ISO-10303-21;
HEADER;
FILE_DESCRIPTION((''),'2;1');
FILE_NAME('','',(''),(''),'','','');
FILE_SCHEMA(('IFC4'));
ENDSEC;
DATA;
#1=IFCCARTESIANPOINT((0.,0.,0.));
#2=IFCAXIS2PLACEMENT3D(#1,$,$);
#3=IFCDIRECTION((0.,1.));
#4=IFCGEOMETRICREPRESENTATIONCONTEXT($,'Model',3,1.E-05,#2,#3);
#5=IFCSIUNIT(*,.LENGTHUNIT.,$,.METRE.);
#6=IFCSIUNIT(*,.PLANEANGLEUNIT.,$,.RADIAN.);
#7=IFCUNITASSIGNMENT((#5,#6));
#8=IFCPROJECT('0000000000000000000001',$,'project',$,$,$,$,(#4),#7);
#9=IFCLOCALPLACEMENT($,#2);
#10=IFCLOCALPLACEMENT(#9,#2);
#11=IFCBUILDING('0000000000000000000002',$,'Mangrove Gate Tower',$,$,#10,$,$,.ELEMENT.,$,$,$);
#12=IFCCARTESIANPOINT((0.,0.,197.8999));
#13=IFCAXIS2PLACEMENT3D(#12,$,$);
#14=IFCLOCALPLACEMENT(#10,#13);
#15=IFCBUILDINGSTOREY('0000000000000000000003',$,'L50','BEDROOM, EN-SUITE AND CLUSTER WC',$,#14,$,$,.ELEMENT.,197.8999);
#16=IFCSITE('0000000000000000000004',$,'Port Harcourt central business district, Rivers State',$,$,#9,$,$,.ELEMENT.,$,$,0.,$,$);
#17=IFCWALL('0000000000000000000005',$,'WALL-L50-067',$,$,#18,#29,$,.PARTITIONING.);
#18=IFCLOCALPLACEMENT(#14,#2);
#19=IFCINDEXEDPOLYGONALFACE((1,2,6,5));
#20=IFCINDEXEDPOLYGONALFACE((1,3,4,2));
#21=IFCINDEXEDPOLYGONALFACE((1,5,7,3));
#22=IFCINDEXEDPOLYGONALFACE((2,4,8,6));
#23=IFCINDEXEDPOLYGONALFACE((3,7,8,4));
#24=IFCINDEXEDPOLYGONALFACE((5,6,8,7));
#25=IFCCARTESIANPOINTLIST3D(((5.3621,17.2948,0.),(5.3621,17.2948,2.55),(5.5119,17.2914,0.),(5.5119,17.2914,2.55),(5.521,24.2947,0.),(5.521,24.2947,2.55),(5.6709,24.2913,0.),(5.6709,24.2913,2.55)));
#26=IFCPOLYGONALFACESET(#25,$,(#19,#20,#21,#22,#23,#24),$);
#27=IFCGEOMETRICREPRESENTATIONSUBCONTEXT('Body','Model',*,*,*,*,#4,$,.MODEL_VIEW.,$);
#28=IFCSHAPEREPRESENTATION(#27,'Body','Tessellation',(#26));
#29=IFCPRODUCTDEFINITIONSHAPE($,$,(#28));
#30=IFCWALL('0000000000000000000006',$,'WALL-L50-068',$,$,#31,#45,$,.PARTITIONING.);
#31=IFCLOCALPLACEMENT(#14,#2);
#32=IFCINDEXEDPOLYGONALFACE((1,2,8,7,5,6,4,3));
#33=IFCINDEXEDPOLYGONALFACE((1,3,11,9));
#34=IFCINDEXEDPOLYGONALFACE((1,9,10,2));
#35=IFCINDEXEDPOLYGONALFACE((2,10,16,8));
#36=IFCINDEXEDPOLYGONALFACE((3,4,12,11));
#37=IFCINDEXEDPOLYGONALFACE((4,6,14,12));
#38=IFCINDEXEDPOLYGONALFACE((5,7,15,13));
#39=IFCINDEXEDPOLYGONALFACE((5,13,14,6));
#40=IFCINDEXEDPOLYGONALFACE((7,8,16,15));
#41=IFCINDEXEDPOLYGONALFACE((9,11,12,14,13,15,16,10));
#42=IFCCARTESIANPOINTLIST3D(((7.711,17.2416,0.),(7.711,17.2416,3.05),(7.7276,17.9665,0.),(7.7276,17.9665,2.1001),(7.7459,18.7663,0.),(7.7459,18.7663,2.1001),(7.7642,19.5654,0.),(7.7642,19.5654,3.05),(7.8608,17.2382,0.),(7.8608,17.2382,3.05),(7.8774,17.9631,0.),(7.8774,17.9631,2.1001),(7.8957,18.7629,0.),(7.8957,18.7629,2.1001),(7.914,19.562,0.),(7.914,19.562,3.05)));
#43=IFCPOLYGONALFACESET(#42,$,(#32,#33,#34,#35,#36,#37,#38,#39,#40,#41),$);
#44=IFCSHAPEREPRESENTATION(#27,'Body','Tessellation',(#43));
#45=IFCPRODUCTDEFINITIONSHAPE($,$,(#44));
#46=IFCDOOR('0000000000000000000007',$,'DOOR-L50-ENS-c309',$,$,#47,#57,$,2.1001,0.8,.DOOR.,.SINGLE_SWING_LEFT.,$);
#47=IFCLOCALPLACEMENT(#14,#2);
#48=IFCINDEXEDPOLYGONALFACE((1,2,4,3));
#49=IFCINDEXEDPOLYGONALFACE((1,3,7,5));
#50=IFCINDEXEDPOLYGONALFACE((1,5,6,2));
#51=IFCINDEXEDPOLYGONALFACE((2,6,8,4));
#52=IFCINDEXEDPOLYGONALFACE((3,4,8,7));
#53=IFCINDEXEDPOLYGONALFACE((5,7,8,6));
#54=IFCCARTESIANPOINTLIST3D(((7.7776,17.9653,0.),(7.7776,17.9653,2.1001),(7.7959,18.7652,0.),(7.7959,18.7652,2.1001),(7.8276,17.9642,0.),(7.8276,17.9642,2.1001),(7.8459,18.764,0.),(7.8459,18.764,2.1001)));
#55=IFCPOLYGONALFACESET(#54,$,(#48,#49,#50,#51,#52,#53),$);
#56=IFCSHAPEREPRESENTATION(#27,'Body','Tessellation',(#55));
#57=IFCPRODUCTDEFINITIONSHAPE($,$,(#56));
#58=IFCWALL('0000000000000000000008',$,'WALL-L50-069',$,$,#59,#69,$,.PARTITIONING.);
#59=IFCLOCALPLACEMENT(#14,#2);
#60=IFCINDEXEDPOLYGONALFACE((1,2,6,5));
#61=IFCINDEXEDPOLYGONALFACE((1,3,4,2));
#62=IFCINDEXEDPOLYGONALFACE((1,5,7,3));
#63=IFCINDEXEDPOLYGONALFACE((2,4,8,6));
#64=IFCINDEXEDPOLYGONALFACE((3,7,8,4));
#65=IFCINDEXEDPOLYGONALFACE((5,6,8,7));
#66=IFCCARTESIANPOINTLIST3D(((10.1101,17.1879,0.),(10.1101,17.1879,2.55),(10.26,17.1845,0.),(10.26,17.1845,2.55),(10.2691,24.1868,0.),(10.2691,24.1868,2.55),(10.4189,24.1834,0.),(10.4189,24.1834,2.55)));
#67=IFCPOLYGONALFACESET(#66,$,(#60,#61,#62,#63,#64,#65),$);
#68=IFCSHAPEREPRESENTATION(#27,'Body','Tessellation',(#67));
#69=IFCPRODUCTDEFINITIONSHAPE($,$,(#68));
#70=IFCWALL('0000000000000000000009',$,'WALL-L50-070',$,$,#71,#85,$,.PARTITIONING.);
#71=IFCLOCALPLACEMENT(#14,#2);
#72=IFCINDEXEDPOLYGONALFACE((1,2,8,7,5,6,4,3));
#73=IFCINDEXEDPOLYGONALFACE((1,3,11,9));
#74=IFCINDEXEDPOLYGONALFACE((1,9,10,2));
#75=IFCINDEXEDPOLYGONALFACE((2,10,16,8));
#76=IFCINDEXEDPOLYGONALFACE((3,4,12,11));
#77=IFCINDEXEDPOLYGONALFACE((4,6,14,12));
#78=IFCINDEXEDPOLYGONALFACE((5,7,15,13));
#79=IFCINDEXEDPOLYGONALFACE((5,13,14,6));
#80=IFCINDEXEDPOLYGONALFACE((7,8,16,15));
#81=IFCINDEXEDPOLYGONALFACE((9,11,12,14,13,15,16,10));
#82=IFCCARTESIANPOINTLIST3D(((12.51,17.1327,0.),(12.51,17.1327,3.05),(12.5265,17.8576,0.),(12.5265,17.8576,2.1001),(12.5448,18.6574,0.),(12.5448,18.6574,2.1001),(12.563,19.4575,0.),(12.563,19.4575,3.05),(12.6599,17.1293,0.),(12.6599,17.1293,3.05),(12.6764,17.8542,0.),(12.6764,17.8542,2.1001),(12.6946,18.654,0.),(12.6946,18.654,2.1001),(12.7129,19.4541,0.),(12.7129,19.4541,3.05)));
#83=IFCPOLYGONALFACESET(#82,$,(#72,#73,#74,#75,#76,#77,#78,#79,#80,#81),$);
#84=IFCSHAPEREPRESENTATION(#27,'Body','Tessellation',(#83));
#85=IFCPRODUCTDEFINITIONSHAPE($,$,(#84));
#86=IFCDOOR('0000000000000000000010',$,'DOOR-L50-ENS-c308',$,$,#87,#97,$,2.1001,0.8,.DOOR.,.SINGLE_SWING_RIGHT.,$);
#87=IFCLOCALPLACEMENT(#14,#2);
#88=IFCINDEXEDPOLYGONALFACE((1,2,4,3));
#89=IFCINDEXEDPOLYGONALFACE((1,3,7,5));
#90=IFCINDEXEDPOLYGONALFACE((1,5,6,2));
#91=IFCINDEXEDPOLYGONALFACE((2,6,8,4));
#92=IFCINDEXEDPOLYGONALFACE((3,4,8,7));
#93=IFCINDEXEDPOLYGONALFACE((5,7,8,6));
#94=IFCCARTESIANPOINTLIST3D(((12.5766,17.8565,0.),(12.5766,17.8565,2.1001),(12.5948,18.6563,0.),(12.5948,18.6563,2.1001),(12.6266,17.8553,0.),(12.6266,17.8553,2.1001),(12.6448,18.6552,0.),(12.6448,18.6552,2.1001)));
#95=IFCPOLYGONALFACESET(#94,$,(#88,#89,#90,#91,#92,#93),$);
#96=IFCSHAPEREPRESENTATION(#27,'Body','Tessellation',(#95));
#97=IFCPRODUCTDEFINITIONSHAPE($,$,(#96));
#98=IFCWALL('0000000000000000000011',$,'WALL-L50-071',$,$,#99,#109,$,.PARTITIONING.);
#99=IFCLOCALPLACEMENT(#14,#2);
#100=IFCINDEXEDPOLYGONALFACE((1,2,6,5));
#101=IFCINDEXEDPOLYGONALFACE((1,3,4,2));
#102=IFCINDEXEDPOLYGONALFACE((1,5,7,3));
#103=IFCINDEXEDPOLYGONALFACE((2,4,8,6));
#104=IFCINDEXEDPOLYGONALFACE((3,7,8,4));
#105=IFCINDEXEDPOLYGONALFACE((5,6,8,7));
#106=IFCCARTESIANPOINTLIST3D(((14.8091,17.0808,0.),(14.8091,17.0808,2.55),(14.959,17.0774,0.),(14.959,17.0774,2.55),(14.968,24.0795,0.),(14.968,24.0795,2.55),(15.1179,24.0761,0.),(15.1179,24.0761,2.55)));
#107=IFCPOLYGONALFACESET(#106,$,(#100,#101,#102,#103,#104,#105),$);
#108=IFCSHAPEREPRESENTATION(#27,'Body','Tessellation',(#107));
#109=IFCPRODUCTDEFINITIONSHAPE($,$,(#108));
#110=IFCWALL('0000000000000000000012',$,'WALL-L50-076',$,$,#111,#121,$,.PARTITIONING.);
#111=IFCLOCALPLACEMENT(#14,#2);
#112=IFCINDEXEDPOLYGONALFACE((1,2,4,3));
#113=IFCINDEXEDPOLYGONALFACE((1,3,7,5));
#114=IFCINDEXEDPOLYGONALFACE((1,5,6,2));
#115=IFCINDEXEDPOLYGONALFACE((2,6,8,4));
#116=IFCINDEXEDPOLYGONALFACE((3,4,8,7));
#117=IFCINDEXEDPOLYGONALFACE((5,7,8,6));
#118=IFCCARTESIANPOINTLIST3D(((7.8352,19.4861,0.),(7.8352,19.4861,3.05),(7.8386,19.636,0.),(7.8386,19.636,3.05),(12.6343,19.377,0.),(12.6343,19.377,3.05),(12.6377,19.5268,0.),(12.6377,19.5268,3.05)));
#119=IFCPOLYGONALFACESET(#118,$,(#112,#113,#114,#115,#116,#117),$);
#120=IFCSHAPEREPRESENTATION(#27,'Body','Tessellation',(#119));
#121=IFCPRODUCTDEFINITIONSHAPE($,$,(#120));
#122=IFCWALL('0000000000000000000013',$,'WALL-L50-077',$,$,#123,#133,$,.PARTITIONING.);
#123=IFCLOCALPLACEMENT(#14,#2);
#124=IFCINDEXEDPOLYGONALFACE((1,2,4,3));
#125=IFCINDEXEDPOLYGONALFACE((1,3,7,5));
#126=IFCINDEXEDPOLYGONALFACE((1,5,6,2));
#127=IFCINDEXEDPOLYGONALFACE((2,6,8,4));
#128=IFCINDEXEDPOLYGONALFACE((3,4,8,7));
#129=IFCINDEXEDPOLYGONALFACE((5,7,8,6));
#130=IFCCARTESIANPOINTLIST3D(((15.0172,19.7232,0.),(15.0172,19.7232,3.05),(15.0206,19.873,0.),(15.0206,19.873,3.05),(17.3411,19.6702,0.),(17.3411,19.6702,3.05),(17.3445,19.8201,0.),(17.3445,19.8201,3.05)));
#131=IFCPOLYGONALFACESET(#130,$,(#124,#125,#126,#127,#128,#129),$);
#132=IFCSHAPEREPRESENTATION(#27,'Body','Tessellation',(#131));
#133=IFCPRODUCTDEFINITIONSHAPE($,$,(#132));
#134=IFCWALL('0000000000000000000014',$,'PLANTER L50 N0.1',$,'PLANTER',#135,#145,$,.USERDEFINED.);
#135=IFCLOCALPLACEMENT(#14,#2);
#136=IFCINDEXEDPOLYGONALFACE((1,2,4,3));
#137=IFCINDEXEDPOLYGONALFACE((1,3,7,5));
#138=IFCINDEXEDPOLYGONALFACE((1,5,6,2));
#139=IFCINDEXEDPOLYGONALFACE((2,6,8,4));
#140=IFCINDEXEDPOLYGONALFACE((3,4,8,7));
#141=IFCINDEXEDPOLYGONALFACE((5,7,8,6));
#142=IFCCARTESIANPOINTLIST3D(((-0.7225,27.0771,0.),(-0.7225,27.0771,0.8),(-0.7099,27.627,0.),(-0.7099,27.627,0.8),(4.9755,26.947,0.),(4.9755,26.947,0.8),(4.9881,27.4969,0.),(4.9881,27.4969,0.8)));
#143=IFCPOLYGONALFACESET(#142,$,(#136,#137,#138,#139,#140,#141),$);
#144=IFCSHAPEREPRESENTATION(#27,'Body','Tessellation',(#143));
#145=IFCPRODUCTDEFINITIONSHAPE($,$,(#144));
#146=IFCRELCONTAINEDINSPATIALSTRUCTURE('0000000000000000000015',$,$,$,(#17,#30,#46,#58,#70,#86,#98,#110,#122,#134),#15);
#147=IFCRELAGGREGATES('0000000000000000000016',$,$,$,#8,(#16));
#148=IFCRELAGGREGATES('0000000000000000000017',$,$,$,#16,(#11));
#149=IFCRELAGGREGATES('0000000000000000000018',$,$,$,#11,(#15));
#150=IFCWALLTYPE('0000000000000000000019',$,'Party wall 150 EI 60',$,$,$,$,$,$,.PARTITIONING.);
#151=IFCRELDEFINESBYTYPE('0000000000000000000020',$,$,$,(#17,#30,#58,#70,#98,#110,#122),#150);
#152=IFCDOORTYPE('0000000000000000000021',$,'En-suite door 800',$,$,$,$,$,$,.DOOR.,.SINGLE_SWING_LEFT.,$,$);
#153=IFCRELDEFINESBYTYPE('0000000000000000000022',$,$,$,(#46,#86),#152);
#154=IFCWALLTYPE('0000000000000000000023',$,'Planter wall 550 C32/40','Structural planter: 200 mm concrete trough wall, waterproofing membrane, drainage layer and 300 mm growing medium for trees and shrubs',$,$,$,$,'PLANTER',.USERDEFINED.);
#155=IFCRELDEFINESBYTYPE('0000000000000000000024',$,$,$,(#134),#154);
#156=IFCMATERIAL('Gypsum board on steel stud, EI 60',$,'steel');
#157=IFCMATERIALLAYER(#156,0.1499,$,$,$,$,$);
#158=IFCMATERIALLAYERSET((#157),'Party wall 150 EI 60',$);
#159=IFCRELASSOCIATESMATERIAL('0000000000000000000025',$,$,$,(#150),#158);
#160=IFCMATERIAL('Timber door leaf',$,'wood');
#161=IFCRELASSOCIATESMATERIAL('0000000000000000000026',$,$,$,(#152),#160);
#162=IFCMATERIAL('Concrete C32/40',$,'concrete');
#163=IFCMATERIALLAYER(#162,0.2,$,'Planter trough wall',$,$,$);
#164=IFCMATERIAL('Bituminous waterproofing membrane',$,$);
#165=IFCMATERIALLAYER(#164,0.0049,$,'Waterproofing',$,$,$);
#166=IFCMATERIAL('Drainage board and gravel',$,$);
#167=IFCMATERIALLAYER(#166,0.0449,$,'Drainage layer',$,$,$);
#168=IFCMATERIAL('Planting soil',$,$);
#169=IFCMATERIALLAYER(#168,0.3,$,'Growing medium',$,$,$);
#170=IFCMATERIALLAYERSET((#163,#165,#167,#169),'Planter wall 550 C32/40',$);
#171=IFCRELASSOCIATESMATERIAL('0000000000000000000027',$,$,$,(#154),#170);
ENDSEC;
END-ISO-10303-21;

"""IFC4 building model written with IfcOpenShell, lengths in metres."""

from ifc_helpers import new_model, si_unit, direction, frame, frame_2d, origin, place, context, subcontext, project, spatial, rectangle, extrude, material, layer, layer_set, type_object, element, fill, save


model = new_model("IFC4")

# Units and contexts
model_context = context("Model", 3, precision=1e-05, world=origin(), true_north=direction((0.0, 1.0)))
body_context = subcontext(model_context, "Body", "Model", "MODEL_VIEW")
ifc_project = project(units=[si_unit("LENGTHUNIT", "METRE"), si_unit("PLANEANGLEUNIT", "RADIAN")], contexts=[model_context])

# Site, building, storey
site_placement = place(None, origin())
site = spatial("IfcSite", under=ifc_project, at=site_placement, Name="Port Harcourt central business district, Rivers State", CompositionType="ELEMENT", RefElevation=0.0)
building_placement = place(site_placement, origin())
building = spatial("IfcBuilding", under=site, at=building_placement, Name="Mangrove Gate Tower", CompositionType="ELEMENT")
storey_placement = place(building_placement, frame((0.0, 0.0, 197.8999)))
storey = spatial("IfcBuildingStorey", under=building, at=storey_placement, Name="L50", Description="BEDROOM, EN-SUITE AND CLUSTER WC", CompositionType="ELEMENT", Elevation=197.8999)

# Shared definitions
ifc_material_1 = material(Name="Gypsum board on steel stud, EI 60", Category="steel")
ifc_layer_1 = layer(ifc_material_1, 0.1499)
ifc_layer_set_1 = layer_set([ifc_layer_1], Name="Party wall 150 EI 60")
wall_type_1 = type_object("IfcWallType", Name="Party wall 150 EI 60", PredefinedType="PARTITIONING", material=ifc_layer_set_1)

# Shared definitions
ifc_material_2 = material(Name="Timber door leaf", Category="wood")
door_type_1 = type_object("IfcDoorType", Name="En-suite door 800", OperationType="SINGLE_SWING_LEFT", PredefinedType="DOOR", material=ifc_material_2)

# Wall
wall_1_placement = place(storey_placement, frame((5.437, 17.293, 0.0), z_axis=(0.0, 0.0, 1.0), x_axis=(0.022699, 0.999742, 0.0)))
element("IfcWall", 1, at=wall_1_placement, inside=storey, type_object=wall_type_1, Name="WALL-L50-067", PredefinedType="PARTITIONING", context=body_context, shape_type="SweptSolid", body=[
    extrude(rectangle(XDim=7.0017, YDim=0.1499, at=frame_2d((3.501, 0.0))), origin(), (0.0, 0.0, 1.0), 2.55),
])

# Wall, opening, door
wall_2_placement = place(storey_placement, frame((7.7859, 17.24, 0.0), z_axis=(0.0, 0.0, 1.0), x_axis=(0.022896, 0.999738, 0.0)))
wall_2 = element("IfcWall", 2, at=wall_2_placement, inside=storey, type_object=wall_type_1, Name="WALL-L50-068", PredefinedType="PARTITIONING", context=body_context, shape_type="SweptSolid", body=[
    extrude(rectangle(XDim=2.3245, YDim=0.1499, at=frame_2d((1.1621, 0.0))), origin(), (0.0, 0.0, 1.0), 3.05),
])
opening_1_placement = place(wall_2_placement, frame((0.7251, 0.0, 0.0)))
opening_1 = element("IfcOpeningElement", 3, at=opening_1_placement, cuts=wall_2, PredefinedType="OPENING", context=body_context, shape_type="SweptSolid", body=[
    extrude(rectangle(XDim=0.8, YDim=2.1001, at=frame_2d((0.3999, 1.05))), frame((0.0, 0.085, 0.0), z_axis=(0.0, -1.0, 0.0), x_axis=(1.0, 0.0, 0.0)), (0.0, 0.0, 1.0), 0.1699),
])
door_1_placement = place(opening_1_placement, origin())
door_1 = element("IfcDoor", 4, at=door_1_placement, inside=storey, type_object=door_type_1, Name="DOOR-L50-ENS-c309", OperationType="SINGLE_SWING_LEFT", OverallHeight=2.1001, OverallWidth=0.8, PredefinedType="DOOR", context=body_context, shape_type="SweptSolid", body=[
    extrude(rectangle(XDim=0.8, YDim=2.1001, at=frame_2d((0.3999, 1.05))), frame((0.0, 0.0249, 0.0), z_axis=(0.0, -1.0, 0.0), x_axis=(1.0, 0.0, 0.0)), (0.0, 0.0, 1.0), 0.05),
])
fill(opening_1, door_1)

# Wall
wall_3_placement = place(storey_placement, frame((10.1851, 17.186, 0.0), z_axis=(0.0, 0.0, 1.0), x_axis=(0.022702, 0.999742, 0.0)))
element("IfcWall", 5, at=wall_3_placement, inside=storey, type_object=wall_type_1, Name="WALL-L50-069", PredefinedType="PARTITIONING", context=body_context, shape_type="SweptSolid", body=[
    extrude(rectangle(XDim=7.0007, YDim=0.1499, at=frame_2d((3.5005, 0.0))), origin(), (0.0, 0.0, 1.0), 2.55),
])

# Wall, opening, door
wall_4_placement = place(storey_placement, frame((12.585, 17.1311, 0.0), z_axis=(0.0, 0.0, 1.0), x_axis=(0.022781, 0.99974, 0.0)))
wall_4 = element("IfcWall", 6, at=wall_4_placement, inside=storey, type_object=wall_type_1, Name="WALL-L50-070", PredefinedType="PARTITIONING", context=body_context, shape_type="SweptSolid", body=[
    extrude(rectangle(XDim=2.3254, YDim=0.1499, at=frame_2d((1.1626, 0.0))), origin(), (0.0, 0.0, 1.0), 3.05),
])
opening_2_placement = place(wall_4_placement, frame((0.7251, 0.0, 0.0)))
opening_2 = element("IfcOpeningElement", 7, at=opening_2_placement, cuts=wall_4, PredefinedType="OPENING", context=body_context, shape_type="SweptSolid", body=[
    extrude(rectangle(XDim=0.8, YDim=2.1001, at=frame_2d((0.3999, 1.05))), frame((0.0, 0.085, 0.0), z_axis=(0.0, -1.0, 0.0), x_axis=(1.0, 0.0, 0.0)), (0.0, 0.0, 1.0), 0.1699),
])
door_2_placement = place(opening_2_placement, origin())
door_2 = element("IfcDoor", 8, at=door_2_placement, inside=storey, type_object=door_type_1, Name="DOOR-L50-ENS-c308", OperationType="SINGLE_SWING_RIGHT", OverallHeight=2.1001, OverallWidth=0.8, PredefinedType="DOOR", context=body_context, shape_type="SweptSolid", body=[
    extrude(rectangle(XDim=0.8, YDim=2.1001, at=frame_2d((0.3999, 1.05))), frame((0.0, 0.0249, 0.0), z_axis=(0.0, -1.0, 0.0), x_axis=(1.0, 0.0, 0.0)), (0.0, 0.0, 1.0), 0.05),
])
fill(opening_2, door_2)

# Walls
wall_5_placement = place(storey_placement, frame((14.884, 17.0791, 0.0), z_axis=(0.0, 0.0, 1.0), x_axis=(0.022703, 0.999742, 0.0)))
element("IfcWall", 9, at=wall_5_placement, inside=storey, type_object=wall_type_1, Name="WALL-L50-071", PredefinedType="PARTITIONING", context=body_context, shape_type="SweptSolid", body=[
    extrude(rectangle(XDim=7.0005, YDim=0.1499, at=frame_2d((3.5002, 0.0))), origin(), (0.0, 0.0, 1.0), 2.55),
])
wall_6_placement = place(storey_placement, frame((7.8369, 19.561, 0.0), z_axis=(0.0, 0.0, 1.0), x_axis=(0.999742, -0.022734, 0.0)))
element("IfcWall", 10, at=wall_6_placement, inside=storey, type_object=wall_type_1, Name="WALL-L50-076", PredefinedType="PARTITIONING", context=body_context, shape_type="SweptSolid", body=[
    extrude(rectangle(XDim=4.8003, YDim=0.1499, at=frame_2d((2.4001, 0.0))), origin(), (0.0, 0.0, 1.0), 3.05),
])
wall_7_placement = place(storey_placement, frame((15.019, 19.7981, 0.0), z_axis=(0.0, 0.0, 1.0), x_axis=(0.99974, -0.022791, 0.0)))
element("IfcWall", 11, at=wall_7_placement, inside=storey, type_object=wall_type_1, Name="WALL-L50-077", PredefinedType="PARTITIONING", context=body_context, shape_type="SweptSolid", body=[
    extrude(rectangle(XDim=2.3245, YDim=0.1499, at=frame_2d((1.1621, 0.0))), origin(), (0.0, 0.0, 1.0), 3.05),
])
ifc_material_3 = material(Name="Concrete C32/40", Category="concrete")
ifc_layer_2 = layer(ifc_material_3, 0.2, Name="Planter trough wall")
ifc_material_4 = material(Name="Bituminous waterproofing membrane")
ifc_layer_3 = layer(ifc_material_4, 0.0049, Name="Waterproofing")
ifc_material_5 = material(Name="Drainage board and gravel")
ifc_layer_4 = layer(ifc_material_5, 0.0449, Name="Drainage layer")
ifc_material_6 = material(Name="Planting soil")
ifc_layer_5 = layer(ifc_material_6, 0.3, Name="Growing medium")
ifc_layer_set_2 = layer_set([ifc_layer_2, ifc_layer_3, ifc_layer_4, ifc_layer_5], Name="Planter wall 550 C32/40")
wall_type_2 = type_object("IfcWallType", Name="Planter wall 550 C32/40", Description="Structural planter: 200 mm concrete trough wall, waterproofing membrane, drainage layer and 300 mm growing medium for trees and shrubs", ElementType="PLANTER", PredefinedType="USERDEFINED", material=ifc_layer_set_2)
wall_8_placement = place(storey_placement, frame((-0.7161, 27.3521, 0.0), z_axis=(0.0, 0.0, 1.0), x_axis=(0.999739, -0.022831, 0.0)))
element("IfcWall", 12, at=wall_8_placement, inside=storey, type_object=wall_type_2, Name="PLANTER L50 N0.1", ObjectType="PLANTER", PredefinedType="USERDEFINED", context=body_context, shape_type="SweptSolid", body=[
    extrude(rectangle(XDim=5.6995, YDim=0.55, at=frame_2d((2.8496, 0.0))), origin(), (0.0, 0.0, 1.0), 0.8),
])

save(model, "model.ifc")
